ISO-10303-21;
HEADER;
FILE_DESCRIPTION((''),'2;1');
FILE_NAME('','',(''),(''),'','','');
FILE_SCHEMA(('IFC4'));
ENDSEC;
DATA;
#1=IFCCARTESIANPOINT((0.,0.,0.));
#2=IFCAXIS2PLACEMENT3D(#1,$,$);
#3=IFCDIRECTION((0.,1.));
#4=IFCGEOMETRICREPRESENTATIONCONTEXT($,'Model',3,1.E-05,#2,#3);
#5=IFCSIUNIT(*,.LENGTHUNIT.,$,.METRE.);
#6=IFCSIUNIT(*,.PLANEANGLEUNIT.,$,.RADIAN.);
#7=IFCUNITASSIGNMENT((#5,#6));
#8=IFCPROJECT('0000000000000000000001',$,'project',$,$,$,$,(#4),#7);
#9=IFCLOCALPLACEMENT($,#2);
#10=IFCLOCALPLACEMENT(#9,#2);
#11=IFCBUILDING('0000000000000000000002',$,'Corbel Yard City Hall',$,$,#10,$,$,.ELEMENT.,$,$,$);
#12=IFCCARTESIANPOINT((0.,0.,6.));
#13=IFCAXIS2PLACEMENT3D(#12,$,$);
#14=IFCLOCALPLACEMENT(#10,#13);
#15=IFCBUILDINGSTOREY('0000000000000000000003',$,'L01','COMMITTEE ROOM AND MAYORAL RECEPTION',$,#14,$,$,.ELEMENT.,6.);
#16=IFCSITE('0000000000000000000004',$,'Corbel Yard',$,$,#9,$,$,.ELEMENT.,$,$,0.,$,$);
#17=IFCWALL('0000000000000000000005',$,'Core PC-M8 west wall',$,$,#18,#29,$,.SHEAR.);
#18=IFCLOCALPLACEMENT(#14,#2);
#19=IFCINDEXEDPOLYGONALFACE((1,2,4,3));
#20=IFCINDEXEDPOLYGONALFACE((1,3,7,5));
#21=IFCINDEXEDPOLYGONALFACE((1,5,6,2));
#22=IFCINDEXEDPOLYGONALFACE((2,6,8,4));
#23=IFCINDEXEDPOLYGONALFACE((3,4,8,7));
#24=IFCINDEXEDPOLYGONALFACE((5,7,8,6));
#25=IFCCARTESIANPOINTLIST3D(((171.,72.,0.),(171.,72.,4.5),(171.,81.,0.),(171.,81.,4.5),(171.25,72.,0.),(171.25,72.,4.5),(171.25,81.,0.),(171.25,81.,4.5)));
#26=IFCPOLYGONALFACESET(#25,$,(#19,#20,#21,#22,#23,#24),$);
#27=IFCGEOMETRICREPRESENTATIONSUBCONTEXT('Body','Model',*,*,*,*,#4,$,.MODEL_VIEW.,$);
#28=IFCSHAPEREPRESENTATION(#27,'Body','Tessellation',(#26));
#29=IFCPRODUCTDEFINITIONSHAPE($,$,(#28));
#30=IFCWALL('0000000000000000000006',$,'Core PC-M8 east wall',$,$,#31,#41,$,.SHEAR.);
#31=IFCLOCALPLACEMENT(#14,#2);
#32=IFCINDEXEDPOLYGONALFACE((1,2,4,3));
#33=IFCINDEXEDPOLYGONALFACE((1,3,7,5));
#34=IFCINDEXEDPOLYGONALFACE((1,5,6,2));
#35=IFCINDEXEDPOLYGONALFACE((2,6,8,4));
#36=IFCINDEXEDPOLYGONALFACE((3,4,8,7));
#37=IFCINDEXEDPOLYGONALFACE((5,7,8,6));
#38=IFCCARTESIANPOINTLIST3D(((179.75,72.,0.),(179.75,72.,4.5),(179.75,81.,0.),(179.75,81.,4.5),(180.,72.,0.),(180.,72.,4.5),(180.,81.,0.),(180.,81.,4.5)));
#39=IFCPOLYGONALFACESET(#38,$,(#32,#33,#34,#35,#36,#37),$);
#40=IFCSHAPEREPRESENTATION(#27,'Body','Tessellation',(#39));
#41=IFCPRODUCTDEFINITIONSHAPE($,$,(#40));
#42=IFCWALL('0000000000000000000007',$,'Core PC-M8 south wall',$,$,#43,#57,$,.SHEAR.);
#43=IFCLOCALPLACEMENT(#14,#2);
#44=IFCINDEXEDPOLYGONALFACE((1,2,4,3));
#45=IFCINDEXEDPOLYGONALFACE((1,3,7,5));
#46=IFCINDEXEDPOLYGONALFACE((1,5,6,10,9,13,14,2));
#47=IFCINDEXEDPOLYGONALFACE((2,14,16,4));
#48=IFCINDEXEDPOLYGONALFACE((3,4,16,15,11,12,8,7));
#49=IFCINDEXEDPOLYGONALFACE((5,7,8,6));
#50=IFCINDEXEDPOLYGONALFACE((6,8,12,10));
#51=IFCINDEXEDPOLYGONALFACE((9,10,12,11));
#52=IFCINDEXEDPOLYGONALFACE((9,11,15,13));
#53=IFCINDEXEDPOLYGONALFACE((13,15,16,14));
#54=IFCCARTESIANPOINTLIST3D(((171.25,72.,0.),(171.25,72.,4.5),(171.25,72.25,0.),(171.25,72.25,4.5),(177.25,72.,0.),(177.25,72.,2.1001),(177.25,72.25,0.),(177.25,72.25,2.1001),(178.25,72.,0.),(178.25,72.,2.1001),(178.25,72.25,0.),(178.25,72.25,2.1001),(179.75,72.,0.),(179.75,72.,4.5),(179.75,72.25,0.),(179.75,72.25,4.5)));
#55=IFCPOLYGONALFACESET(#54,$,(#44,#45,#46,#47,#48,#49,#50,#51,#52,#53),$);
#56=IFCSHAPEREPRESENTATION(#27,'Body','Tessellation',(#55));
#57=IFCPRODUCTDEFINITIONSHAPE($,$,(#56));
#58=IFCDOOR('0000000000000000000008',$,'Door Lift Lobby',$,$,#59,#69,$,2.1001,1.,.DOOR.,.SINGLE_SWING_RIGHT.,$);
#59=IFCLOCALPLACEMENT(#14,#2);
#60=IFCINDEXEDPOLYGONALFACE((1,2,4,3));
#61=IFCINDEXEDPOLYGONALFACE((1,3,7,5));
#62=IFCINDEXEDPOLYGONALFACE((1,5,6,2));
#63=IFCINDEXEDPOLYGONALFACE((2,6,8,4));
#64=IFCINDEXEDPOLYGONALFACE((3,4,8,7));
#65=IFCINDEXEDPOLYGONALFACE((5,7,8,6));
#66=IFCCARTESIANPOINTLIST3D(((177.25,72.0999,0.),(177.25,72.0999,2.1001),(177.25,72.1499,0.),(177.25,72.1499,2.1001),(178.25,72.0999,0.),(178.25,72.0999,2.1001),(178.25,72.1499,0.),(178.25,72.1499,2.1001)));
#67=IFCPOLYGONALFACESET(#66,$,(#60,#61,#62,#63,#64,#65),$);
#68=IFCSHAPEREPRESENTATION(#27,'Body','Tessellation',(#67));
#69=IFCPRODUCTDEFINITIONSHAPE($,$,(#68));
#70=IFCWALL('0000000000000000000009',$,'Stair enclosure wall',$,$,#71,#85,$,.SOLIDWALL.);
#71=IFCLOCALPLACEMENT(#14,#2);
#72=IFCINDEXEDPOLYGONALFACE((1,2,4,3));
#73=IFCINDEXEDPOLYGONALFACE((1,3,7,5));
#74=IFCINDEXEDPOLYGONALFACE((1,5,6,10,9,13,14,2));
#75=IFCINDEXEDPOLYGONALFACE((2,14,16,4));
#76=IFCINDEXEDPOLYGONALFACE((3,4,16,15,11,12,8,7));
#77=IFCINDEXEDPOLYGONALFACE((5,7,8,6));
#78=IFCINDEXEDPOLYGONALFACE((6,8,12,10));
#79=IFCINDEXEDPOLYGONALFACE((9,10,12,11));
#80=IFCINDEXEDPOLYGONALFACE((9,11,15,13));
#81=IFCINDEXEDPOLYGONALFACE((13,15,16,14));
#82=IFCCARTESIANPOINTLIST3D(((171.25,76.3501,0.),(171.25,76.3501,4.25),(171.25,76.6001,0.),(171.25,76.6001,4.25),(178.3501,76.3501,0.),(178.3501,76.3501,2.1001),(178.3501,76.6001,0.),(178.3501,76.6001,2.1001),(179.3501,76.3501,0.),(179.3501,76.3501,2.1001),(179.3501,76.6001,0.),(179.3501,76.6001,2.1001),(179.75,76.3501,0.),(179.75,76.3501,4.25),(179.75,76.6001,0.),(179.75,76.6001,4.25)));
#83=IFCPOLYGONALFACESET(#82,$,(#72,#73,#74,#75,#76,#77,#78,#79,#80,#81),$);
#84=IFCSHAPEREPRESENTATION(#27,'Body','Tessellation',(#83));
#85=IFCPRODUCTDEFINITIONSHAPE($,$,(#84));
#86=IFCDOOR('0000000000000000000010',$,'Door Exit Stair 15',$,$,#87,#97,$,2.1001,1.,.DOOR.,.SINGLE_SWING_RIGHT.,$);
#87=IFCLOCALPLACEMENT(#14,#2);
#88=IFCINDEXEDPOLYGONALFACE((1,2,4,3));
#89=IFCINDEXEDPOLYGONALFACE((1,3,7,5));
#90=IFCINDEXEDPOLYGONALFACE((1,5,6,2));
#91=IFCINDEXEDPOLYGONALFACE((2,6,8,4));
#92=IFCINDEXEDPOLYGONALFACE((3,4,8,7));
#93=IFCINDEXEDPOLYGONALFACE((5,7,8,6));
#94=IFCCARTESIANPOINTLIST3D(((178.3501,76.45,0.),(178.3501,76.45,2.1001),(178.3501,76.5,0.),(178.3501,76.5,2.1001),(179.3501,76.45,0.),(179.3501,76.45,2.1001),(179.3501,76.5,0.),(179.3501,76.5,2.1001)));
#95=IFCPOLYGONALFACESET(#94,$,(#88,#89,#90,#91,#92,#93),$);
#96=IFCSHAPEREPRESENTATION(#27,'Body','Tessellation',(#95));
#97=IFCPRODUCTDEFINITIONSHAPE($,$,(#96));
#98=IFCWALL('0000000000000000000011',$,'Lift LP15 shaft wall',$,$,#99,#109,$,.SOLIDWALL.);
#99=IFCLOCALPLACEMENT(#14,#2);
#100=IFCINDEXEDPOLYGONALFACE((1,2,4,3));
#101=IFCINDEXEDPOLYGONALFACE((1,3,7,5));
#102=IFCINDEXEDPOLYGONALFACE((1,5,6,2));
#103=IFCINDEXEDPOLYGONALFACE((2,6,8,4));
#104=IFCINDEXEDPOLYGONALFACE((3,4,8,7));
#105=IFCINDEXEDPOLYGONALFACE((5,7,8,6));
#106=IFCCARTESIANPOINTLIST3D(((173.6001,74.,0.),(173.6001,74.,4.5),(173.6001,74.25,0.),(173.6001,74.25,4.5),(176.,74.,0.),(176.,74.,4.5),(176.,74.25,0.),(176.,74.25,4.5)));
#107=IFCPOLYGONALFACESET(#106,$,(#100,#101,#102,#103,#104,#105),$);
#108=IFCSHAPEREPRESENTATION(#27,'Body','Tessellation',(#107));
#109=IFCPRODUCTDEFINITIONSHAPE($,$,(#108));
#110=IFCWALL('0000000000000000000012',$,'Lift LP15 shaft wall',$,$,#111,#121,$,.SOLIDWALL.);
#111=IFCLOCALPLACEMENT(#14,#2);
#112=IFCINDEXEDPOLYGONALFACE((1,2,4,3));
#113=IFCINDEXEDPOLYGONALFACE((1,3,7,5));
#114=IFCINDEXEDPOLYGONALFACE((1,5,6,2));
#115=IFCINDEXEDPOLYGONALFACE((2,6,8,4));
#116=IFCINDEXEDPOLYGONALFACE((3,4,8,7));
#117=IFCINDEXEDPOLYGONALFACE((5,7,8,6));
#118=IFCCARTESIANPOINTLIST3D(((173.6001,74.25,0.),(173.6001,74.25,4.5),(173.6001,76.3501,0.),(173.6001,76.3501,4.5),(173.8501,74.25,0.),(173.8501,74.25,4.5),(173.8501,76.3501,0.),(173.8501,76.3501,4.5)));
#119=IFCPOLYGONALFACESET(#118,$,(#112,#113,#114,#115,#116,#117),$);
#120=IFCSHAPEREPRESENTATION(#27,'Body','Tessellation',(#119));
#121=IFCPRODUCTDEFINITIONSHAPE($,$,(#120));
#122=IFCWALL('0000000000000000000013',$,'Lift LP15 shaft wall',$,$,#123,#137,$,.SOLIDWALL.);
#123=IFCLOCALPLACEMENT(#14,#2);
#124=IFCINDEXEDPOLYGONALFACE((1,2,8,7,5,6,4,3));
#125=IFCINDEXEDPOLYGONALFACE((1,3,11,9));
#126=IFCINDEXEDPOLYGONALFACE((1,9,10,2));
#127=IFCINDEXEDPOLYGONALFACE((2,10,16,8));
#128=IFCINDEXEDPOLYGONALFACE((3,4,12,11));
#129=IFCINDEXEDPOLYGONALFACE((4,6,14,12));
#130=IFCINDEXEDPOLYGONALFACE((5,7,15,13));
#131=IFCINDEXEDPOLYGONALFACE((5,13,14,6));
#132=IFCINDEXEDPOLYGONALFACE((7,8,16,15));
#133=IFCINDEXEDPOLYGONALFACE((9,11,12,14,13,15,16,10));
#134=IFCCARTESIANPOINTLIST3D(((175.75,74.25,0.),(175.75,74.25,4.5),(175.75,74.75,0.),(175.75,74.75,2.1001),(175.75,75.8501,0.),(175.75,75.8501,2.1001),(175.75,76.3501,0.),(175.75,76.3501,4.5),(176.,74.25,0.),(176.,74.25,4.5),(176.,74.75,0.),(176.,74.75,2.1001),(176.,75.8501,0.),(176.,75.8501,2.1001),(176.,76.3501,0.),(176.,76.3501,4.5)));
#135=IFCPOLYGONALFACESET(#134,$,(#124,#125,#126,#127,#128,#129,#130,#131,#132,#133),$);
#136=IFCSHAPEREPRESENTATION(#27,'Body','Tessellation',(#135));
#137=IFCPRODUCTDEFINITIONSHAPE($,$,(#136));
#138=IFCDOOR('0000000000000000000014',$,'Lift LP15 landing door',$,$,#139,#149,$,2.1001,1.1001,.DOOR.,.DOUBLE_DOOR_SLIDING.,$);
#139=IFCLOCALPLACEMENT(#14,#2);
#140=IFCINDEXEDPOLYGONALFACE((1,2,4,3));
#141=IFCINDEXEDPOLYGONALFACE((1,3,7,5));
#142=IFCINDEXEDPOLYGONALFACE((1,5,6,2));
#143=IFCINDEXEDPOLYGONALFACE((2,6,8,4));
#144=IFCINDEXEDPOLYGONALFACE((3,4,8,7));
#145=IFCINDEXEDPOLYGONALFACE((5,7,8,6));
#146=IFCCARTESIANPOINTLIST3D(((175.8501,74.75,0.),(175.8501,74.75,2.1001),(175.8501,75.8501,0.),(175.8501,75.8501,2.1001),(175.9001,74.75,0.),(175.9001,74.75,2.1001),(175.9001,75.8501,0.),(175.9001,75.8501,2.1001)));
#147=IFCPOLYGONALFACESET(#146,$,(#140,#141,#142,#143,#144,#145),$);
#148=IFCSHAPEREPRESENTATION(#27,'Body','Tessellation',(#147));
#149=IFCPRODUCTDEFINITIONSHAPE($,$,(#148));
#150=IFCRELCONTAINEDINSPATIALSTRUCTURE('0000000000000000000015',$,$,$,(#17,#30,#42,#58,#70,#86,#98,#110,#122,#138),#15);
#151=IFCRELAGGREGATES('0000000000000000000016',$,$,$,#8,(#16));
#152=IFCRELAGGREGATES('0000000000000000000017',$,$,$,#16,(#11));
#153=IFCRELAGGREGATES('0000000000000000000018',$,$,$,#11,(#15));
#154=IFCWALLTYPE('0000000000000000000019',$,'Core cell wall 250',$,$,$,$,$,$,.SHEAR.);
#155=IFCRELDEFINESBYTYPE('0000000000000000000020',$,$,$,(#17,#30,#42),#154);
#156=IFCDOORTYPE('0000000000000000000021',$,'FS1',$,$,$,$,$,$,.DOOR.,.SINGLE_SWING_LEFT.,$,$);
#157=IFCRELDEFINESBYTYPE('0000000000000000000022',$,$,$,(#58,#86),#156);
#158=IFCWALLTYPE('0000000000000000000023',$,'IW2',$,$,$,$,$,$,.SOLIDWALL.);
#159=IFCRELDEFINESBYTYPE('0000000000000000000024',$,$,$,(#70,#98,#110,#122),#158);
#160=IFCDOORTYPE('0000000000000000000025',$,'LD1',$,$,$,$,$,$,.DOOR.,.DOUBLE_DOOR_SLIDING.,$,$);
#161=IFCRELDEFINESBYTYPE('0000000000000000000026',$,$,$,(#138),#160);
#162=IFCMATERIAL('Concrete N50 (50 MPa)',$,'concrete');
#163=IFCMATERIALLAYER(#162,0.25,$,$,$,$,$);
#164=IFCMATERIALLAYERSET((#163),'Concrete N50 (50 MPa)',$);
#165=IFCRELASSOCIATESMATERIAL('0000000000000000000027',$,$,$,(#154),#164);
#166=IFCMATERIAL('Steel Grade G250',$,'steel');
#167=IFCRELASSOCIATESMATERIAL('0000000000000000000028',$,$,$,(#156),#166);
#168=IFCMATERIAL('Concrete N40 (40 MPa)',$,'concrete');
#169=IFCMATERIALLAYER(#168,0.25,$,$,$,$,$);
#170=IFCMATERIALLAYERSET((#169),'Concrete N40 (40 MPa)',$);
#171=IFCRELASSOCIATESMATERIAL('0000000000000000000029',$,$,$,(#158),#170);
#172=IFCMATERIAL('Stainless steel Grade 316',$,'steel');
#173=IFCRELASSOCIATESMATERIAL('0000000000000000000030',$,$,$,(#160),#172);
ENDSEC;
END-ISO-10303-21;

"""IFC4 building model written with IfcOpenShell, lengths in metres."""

from ifc_helpers import new_model, si_unit, direction, frame, frame_2d, origin, place, context, subcontext, project, spatial, rectangle, extrude, material, layer, layer_set, type_object, element, fill, save


model = new_model("IFC4")

# Units and contexts
model_context = context("Model", 3, precision=1e-05, world=origin(), true_north=direction((0.0, 1.0)))
body_context = subcontext(model_context, "Body", "Model", "MODEL_VIEW")
ifc_project = project(units=[si_unit("LENGTHUNIT", "METRE"), si_unit("PLANEANGLEUNIT", "RADIAN")], contexts=[model_context])

# Site, building, storey
site_placement = place(None, origin())
site = spatial("IfcSite", under=ifc_project, at=site_placement, Name="Corbel Yard", CompositionType="ELEMENT", RefElevation=0.0)
building_placement = place(site_placement, origin())
building = spatial("IfcBuilding", under=site, at=building_placement, Name="Corbel Yard City Hall", CompositionType="ELEMENT")
storey_placement = place(building_placement, frame((0.0, 0.0, 6.0)))
storey = spatial("IfcBuildingStorey", under=building, at=storey_placement, Name="L01", Description="COMMITTEE ROOM AND MAYORAL RECEPTION", CompositionType="ELEMENT", Elevation=6.0)

# Walls
ifc_material_1 = material(Name="Concrete N50 (50 MPa)", Category="concrete")
ifc_layer_1 = layer(ifc_material_1, 0.25)
ifc_layer_set_1 = layer_set([ifc_layer_1], Name="Concrete N50 (50 MPa)")
wall_type_1 = type_object("IfcWallType", Name="Core cell wall 250", PredefinedType="SHEAR", material=ifc_layer_set_1)
for number, where, z_axis, x_axis, name in (
    (1, (171.125, 72.0, 0.0), (0.0, 0.0, 1.0), (0.0, 1.0, 0.0), "Core PC-M8 west wall"),
    (2, (179.875, 72.0, 0.0), (0.0, 0.0, 1.0), (0.0, 1.0, 0.0), "Core PC-M8 east wall"),
):
    element("IfcWall", number, at=place(storey_placement, frame(where, z_axis=z_axis, x_axis=x_axis)), inside=storey, type_object=wall_type_1, Name=name, PredefinedType="SHEAR", context=body_context, shape_type="SweptSolid", body=[
        extrude(rectangle(XDim=9.0, YDim=0.25, at=frame_2d((4.5, 0.0))), origin(), (0.0, 0.0, 1.0), 4.5),
    ])

# Walls, openings, doors
wall_1_placement = place(storey_placement, frame((171.25, 72.125, 0.0), z_axis=(0.0, 0.0, 1.0), x_axis=(1.0, 0.0, 0.0)))
wall_1 = element("IfcWall", 3, at=wall_1_placement, inside=storey, type_object=wall_type_1, Name="Core PC-M8 south wall", PredefinedType="SHEAR", context=body_context, shape_type="SweptSolid", body=[
    extrude(rectangle(XDim=8.5, YDim=0.25, at=frame_2d((4.25, 0.0))), origin(), (0.0, 0.0, 1.0), 4.5),
])
opening_1_placement = place(wall_1_placement, frame((6.0, 0.0, 0.0)))
opening_1 = element("IfcOpeningElement", 4, at=opening_1_placement, cuts=wall_1, PredefinedType="OPENING", context=body_context, shape_type="SweptSolid", body=[
    extrude(rectangle(XDim=1.0, YDim=2.1001, at=frame_2d((0.5, 1.05))), frame((0.0, 0.135, 0.0), z_axis=(0.0, -1.0, 0.0), x_axis=(1.0, 0.0, 0.0)), (0.0, 0.0, 1.0), 0.27),
])
ifc_material_2 = material(Name="Steel Grade G250", Category="steel")
door_type_1 = type_object("IfcDoorType", Name="FS1", OperationType="SINGLE_SWING_LEFT", PredefinedType="DOOR", material=ifc_material_2)
door_1_placement = place(opening_1_placement, origin())
door_1 = element("IfcDoor", 5, at=door_1_placement, inside=storey, type_object=door_type_1, Name="Door Lift Lobby", OperationType="SINGLE_SWING_RIGHT", OverallHeight=2.1001, OverallWidth=1.0, PredefinedType="DOOR", context=body_context, shape_type="SweptSolid", body=[
    extrude(rectangle(XDim=1.0, YDim=2.1001, at=frame_2d((0.5, 1.05))), frame((0.0, 0.0249, 0.0), z_axis=(0.0, -1.0, 0.0), x_axis=(1.0, 0.0, 0.0)), (0.0, 0.0, 1.0), 0.05),
])
fill(opening_1, door_1)
ifc_material_3 = material(Name="Concrete N40 (40 MPa)", Category="concrete")
ifc_layer_2 = layer(ifc_material_3, 0.25)
ifc_layer_set_2 = layer_set([ifc_layer_2], Name="Concrete N40 (40 MPa)")
wall_type_2 = type_object("IfcWallType", Name="IW2", PredefinedType="SOLIDWALL", material=ifc_layer_set_2)
wall_2_placement = place(storey_placement, frame((179.75, 76.4751, 0.0), z_axis=(0.0, 0.0, 1.0), x_axis=(-1.0, 0.0, 0.0)))
wall_2 = element("IfcWall", 6, at=wall_2_placement, inside=storey, type_object=wall_type_2, Name="Stair enclosure wall", PredefinedType="SOLIDWALL", context=body_context, shape_type="SweptSolid", body=[
    extrude(rectangle(XDim=8.5, YDim=0.25, at=frame_2d((4.25, 0.0))), origin(), (0.0, 0.0, 1.0), 4.25),
])
opening_2_placement = place(wall_2_placement, frame((0.3999, 0.0, 0.0)))
opening_2 = element("IfcOpeningElement", 7, at=opening_2_placement, cuts=wall_2, PredefinedType="OPENING", context=body_context, shape_type="SweptSolid", body=[
    extrude(rectangle(XDim=1.0, YDim=2.1001, at=frame_2d((0.5, 1.05))), frame((0.0, 0.135, 0.0), z_axis=(0.0, -1.0, 0.0), x_axis=(1.0, 0.0, 0.0)), (0.0, 0.0, 1.0), 0.27),
])
door_2_placement = place(opening_2_placement, frame((1.0, 0.0, 0.0), z_axis=(0.0, 0.0, 1.0), x_axis=(-1.0, 0.0, 0.0)))
door_2 = element("IfcDoor", 8, at=door_2_placement, inside=storey, type_object=door_type_1, Name="Door Exit Stair 15", OperationType="SINGLE_SWING_RIGHT", OverallHeight=2.1001, OverallWidth=1.0, PredefinedType="DOOR", context=body_context, shape_type="SweptSolid", body=[
    extrude(rectangle(XDim=1.0, YDim=2.1001, at=frame_2d((0.5, 1.05))), frame((0.0, 0.0249, 0.0), z_axis=(0.0, -1.0, 0.0), x_axis=(1.0, 0.0, 0.0)), (0.0, 0.0, 1.0), 0.05),
])
fill(opening_2, door_2)

# Walls
wall_3_placement = place(storey_placement, frame((173.6001, 74.125, 0.0), z_axis=(0.0, 0.0, 1.0), x_axis=(1.0, 0.0, 0.0)))
element("IfcWall", 9, at=wall_3_placement, inside=storey, type_object=wall_type_2, Name="Lift LP15 shaft wall", PredefinedType="SOLIDWALL", context=body_context, shape_type="SweptSolid", body=[
    extrude(rectangle(XDim=2.3999, YDim=0.25, at=frame_2d((1.2, 0.0))), origin(), (0.0, 0.0, 1.0), 4.5),
])
wall_4_placement = place(storey_placement, frame((173.7251, 74.25, 0.0), z_axis=(0.0, 0.0, 1.0), x_axis=(0.0, 1.0, 0.0)))
element("IfcWall", 10, at=wall_4_placement, inside=storey, type_object=wall_type_2, Name="Lift LP15 shaft wall", PredefinedType="SOLIDWALL", context=body_context, shape_type="SweptSolid", body=[
    extrude(rectangle(XDim=2.1001, YDim=0.25, at=frame_2d((1.05, 0.0))), origin(), (0.0, 0.0, 1.0), 4.5),
])

# Wall, opening, door
wall_5_placement = place(storey_placement, frame((175.875, 74.25, 0.0), z_axis=(0.0, 0.0, 1.0), x_axis=(0.0, 1.0, 0.0)))
wall_5 = element("IfcWall", 11, at=wall_5_placement, inside=storey, type_object=wall_type_2, Name="Lift LP15 shaft wall", PredefinedType="SOLIDWALL", context=body_context, shape_type="SweptSolid", body=[
    extrude(rectangle(XDim=2.1001, YDim=0.25, at=frame_2d((1.05, 0.0))), origin(), (0.0, 0.0, 1.0), 4.5),
])
opening_3_placement = place(wall_5_placement, frame((0.5, 0.0, 0.0)))
opening_3 = element("IfcOpeningElement", 12, at=opening_3_placement, cuts=wall_5, PredefinedType="OPENING", context=body_context, shape_type="SweptSolid", body=[
    extrude(rectangle(XDim=1.1001, YDim=2.1001, at=frame_2d((0.55, 1.05))), frame((0.0, 0.135, 0.0), z_axis=(0.0, -1.0, 0.0), x_axis=(1.0, 0.0, 0.0)), (0.0, 0.0, 1.0), 0.27),
])
ifc_material_4 = material(Name="Stainless steel Grade 316", Category="steel")
door_type_2 = type_object("IfcDoorType", Name="LD1", OperationType="DOUBLE_DOOR_SLIDING", PredefinedType="DOOR", material=ifc_material_4)
door_3_placement = place(opening_3_placement, origin())
door_3 = element("IfcDoor", 13, at=door_3_placement, inside=storey, type_object=door_type_2, Name="Lift LP15 landing door", OperationType="DOUBLE_DOOR_SLIDING", OverallHeight=2.1001, OverallWidth=1.1001, PredefinedType="DOOR", context=body_context, shape_type="SweptSolid", body=[
    extrude(rectangle(XDim=1.1001, YDim=2.1001, at=frame_2d((0.55, 1.05))), frame((0.0, 0.0249, 0.0), z_axis=(0.0, -1.0, 0.0), x_axis=(1.0, 0.0, 0.0)), (0.0, 0.0, 1.0), 0.05),
])
fill(opening_3, door_3)

save(model, "model.ifc")
